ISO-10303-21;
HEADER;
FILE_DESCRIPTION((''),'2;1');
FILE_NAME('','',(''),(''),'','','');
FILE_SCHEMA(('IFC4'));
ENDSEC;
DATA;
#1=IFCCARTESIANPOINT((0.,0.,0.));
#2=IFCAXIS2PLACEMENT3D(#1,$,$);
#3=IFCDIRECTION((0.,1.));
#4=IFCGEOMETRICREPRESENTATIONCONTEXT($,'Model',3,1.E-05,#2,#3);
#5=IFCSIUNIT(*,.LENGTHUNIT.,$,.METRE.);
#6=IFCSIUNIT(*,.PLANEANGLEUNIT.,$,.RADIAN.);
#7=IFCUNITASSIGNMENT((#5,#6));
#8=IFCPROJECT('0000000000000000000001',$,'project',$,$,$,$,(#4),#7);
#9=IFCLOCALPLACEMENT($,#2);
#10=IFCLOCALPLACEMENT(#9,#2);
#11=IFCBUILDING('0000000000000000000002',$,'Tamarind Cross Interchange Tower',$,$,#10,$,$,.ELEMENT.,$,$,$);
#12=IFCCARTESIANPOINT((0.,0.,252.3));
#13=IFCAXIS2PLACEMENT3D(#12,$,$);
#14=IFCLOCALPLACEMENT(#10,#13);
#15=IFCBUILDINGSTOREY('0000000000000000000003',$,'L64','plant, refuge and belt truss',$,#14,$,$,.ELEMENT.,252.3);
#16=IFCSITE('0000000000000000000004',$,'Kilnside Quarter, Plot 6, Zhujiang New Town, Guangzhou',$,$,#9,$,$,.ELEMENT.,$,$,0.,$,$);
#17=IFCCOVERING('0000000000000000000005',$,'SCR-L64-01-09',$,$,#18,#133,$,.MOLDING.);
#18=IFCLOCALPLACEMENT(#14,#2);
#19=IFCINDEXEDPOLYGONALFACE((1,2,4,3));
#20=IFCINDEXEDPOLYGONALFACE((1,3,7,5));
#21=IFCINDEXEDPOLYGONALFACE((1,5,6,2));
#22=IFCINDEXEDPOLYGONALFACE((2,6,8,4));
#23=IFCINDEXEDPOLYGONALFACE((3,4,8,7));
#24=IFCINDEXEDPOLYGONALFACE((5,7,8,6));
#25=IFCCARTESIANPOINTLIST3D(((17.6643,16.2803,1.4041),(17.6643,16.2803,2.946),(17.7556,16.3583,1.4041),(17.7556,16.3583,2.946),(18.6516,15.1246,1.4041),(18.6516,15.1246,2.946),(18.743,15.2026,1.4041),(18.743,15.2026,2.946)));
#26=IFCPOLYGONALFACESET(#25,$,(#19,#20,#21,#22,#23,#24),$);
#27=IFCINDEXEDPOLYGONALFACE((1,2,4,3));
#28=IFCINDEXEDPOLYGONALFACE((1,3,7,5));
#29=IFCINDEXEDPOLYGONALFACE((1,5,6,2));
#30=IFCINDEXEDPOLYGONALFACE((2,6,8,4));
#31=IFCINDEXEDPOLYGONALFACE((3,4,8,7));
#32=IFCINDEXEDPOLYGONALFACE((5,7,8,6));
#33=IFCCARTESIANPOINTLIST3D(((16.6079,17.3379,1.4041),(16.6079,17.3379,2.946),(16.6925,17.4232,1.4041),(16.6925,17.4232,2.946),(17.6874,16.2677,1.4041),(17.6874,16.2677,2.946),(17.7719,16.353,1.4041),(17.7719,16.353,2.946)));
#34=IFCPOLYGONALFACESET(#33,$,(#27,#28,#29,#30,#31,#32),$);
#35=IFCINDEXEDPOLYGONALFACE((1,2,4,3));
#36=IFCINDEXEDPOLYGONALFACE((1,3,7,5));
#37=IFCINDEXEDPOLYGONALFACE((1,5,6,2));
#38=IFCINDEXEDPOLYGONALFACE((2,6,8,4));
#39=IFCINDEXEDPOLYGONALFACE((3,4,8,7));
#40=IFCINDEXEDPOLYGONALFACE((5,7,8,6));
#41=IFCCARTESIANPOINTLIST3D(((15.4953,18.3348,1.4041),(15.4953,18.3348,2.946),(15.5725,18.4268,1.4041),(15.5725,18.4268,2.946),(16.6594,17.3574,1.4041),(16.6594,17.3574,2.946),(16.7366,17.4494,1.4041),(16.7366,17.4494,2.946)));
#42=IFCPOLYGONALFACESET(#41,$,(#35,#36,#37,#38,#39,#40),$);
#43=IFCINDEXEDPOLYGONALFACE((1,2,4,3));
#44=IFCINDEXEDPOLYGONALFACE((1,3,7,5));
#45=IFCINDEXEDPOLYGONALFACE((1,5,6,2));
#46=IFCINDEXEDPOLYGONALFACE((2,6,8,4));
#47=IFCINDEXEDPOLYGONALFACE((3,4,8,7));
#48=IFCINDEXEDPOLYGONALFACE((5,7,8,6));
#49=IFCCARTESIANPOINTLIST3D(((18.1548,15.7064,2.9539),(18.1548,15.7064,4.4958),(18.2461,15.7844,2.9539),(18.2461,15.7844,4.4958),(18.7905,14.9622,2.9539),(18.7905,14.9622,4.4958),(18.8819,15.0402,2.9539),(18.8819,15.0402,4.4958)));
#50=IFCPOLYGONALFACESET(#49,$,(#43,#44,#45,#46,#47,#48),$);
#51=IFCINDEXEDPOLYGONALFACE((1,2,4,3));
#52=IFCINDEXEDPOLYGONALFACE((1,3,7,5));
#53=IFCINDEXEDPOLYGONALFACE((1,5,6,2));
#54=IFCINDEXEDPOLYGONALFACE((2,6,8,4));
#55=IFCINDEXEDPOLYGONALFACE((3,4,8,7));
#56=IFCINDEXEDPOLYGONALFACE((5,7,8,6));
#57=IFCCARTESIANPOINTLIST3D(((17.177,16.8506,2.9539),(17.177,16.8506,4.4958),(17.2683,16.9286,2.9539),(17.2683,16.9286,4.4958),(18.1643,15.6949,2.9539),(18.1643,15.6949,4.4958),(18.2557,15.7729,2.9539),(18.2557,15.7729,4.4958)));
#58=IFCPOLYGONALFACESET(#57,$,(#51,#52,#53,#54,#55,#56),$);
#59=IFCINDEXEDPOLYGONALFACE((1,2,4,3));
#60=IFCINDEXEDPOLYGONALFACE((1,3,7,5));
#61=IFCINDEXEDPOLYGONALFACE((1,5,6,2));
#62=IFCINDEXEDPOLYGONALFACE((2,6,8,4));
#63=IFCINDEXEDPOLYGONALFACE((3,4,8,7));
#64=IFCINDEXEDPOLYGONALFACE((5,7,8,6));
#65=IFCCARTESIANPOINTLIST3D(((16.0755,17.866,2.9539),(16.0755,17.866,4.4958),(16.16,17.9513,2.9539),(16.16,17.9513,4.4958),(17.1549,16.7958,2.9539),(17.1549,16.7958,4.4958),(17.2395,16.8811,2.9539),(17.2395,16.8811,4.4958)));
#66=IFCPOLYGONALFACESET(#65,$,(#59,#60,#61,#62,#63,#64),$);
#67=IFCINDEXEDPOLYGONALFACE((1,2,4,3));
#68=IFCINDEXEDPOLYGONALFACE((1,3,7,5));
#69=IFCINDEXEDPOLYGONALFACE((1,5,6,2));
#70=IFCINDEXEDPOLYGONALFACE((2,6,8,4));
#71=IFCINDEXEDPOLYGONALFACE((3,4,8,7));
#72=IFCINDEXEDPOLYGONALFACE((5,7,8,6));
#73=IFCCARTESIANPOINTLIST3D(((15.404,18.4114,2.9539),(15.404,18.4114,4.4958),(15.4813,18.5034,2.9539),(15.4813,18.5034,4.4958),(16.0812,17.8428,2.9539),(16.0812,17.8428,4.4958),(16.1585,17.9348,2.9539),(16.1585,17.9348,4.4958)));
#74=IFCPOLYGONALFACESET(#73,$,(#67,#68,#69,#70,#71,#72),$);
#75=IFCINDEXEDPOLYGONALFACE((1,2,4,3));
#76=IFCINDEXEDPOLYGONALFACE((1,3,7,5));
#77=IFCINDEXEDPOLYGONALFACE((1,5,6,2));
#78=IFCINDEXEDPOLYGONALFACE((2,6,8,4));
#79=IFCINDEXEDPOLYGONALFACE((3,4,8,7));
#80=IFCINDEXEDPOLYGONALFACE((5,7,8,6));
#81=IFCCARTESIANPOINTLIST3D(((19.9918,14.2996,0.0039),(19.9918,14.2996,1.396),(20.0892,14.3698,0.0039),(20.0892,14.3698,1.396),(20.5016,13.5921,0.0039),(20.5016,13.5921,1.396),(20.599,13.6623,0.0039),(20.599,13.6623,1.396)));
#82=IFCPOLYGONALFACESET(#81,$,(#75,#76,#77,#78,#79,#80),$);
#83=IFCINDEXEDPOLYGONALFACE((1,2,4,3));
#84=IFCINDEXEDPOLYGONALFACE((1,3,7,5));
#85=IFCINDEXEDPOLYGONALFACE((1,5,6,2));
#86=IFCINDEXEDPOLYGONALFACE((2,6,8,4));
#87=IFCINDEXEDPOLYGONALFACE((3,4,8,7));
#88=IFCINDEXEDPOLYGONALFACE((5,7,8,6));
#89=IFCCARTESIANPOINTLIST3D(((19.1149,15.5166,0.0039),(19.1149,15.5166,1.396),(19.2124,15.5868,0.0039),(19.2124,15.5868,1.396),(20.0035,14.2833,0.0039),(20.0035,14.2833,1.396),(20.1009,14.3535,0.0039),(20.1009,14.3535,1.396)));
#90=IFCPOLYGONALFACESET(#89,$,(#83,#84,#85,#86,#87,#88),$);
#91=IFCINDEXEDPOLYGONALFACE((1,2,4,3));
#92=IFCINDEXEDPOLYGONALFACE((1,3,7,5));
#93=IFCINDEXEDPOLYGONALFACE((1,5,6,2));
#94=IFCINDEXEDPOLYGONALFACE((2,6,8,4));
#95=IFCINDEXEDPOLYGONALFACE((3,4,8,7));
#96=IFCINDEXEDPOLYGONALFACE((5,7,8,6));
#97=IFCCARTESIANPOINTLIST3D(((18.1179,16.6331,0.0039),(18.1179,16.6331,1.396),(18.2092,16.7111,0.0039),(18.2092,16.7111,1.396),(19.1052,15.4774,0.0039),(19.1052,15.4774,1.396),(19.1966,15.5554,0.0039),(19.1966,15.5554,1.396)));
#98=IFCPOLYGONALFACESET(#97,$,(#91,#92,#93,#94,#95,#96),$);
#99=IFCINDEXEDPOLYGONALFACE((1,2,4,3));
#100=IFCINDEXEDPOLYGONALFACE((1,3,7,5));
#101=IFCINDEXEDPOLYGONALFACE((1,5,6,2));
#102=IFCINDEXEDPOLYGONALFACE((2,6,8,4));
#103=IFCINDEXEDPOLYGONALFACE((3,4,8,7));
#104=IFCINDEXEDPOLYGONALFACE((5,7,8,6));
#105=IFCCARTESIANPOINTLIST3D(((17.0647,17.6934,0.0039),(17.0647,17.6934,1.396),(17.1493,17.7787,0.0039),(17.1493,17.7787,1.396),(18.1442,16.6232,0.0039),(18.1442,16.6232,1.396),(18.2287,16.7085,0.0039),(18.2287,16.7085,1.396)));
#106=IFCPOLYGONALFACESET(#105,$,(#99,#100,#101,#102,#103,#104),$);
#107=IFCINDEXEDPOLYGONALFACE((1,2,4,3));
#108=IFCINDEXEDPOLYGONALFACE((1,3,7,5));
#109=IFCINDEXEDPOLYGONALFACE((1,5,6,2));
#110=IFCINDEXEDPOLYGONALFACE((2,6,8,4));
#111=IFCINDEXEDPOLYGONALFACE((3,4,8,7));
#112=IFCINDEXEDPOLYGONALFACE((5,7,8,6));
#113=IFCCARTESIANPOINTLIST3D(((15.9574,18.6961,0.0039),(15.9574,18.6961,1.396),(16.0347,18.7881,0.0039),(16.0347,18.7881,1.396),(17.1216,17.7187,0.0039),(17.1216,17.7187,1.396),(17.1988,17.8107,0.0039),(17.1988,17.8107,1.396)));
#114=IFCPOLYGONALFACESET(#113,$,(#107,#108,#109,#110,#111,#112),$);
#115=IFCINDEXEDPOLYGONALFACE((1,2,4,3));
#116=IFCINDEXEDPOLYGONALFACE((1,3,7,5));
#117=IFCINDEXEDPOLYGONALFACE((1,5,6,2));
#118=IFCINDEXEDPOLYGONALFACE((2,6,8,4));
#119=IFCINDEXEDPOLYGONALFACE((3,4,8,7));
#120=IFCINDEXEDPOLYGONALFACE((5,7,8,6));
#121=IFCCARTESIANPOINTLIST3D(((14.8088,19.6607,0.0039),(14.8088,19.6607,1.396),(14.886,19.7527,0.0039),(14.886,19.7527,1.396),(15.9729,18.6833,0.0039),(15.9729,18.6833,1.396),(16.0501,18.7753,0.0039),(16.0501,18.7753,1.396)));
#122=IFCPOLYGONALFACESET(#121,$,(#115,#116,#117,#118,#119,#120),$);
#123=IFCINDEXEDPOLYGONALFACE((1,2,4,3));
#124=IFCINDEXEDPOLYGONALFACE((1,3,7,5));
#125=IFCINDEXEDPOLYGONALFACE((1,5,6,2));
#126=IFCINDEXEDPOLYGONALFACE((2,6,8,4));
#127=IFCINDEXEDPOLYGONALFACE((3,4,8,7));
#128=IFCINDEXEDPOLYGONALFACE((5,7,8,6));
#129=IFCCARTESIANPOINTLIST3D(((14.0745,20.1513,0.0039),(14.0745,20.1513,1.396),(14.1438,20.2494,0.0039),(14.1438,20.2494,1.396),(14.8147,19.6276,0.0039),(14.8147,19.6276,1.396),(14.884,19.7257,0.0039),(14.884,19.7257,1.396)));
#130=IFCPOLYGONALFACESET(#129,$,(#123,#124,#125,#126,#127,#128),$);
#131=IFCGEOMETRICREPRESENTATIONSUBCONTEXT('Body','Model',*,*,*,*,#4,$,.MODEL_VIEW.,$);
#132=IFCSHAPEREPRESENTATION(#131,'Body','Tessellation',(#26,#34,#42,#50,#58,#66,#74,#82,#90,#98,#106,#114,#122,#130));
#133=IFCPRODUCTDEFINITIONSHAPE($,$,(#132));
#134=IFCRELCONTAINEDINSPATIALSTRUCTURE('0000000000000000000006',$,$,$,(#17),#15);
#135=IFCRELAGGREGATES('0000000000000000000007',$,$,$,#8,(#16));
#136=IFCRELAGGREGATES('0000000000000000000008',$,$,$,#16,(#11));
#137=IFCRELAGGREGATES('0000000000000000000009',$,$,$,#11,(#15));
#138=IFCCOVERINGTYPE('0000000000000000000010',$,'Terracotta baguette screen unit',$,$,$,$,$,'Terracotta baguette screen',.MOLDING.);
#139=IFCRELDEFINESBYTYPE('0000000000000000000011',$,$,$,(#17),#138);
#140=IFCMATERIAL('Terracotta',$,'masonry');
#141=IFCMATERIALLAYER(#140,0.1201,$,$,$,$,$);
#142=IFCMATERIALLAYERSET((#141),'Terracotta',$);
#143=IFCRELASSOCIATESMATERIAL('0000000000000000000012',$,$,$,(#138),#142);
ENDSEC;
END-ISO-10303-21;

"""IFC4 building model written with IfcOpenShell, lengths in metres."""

from ifc_helpers import new_model, si_unit, direction, frame, origin, origin_2d, place, context, subcontext, project, spatial, rectangle, extrude, material, layer, layer_set, type_object, element, save


model = new_model("IFC4")

# Units and contexts
model_context = context("Model", 3, precision=1e-05, world=origin(), true_north=direction((0.0, 1.0)))
body_context = subcontext(model_context, "Body", "Model", "MODEL_VIEW")
ifc_project = project(units=[si_unit("LENGTHUNIT", "METRE"), si_unit("PLANEANGLEUNIT", "RADIAN")], contexts=[model_context])

# Site, building, storey
site_placement = place(None, origin())
site = spatial("IfcSite", under=ifc_project, at=site_placement, Name="Kilnside Quarter, Plot 6, Zhujiang New Town, Guangzhou", CompositionType="ELEMENT", RefElevation=0.0)
building_placement = place(site_placement, origin())
building = spatial("IfcBuilding", under=site, at=building_placement, Name="Tamarind Cross Interchange Tower", CompositionType="ELEMENT")
storey_placement = place(building_placement, frame((0.0, 0.0, 252.3)))
storey = spatial("IfcBuildingStorey", under=building, at=storey_placement, Name="L64", Description="plant, refuge and belt truss", CompositionType="ELEMENT", Elevation=252.3)

# Covering
ifc_material_1 = material(Name="Terracotta", Category="masonry")
ifc_layer_1 = layer(ifc_material_1, 0.1201)
ifc_layer_set_1 = layer_set([ifc_layer_1], Name="Terracotta")
covering_type = type_object("IfcCoveringType", Name="Terracotta baguette screen unit", ElementType="Terracotta baguette screen", PredefinedType="MOLDING", material=ifc_layer_set_1)
covering_1_placement = place(storey_placement, origin())
element("IfcCovering", 1, at=covering_1_placement, inside=storey, type_object=covering_type, Name="SCR-L64-01-09", PredefinedType="MOLDING", context=body_context, shape_type="SweptSolid", body=[
    extrude(rectangle(XDim=1.52, YDim=0.1201, at=origin_2d()), frame((18.2036, 15.7415, 1.4041), z_axis=(0.0, 0.0, 1.0), x_axis=(-0.649577, 0.760296, 0.0)), (0.0, 0.0, 1.0), 1.542),
    extrude(rectangle(XDim=1.52, YDim=0.1201, at=origin_2d()), frame((17.1899, 16.8455, 1.4041), z_axis=(0.0, 0.0, 1.0), x_axis=(-0.710143, 0.704057, 0.0)), (0.0, 0.0, 1.0), 1.542),
    extrude(rectangle(XDim=1.52, YDim=0.1201, at=origin_2d()), frame((16.116, 17.8921, 1.4041), z_axis=(0.0, 0.0, 1.0), x_axis=(-0.765858, 0.643009, 0.0)), (0.0, 0.0, 1.0), 1.542),
    extrude(rectangle(XDim=0.9788, YDim=0.1201, at=origin_2d()), frame((18.5183, 15.3733, 2.9539), z_axis=(0.0, 0.0, 1.0), x_axis=(-0.649577, 0.760296, 0.0)), (0.0, 0.0, 1.0), 1.542),
    extrude(rectangle(XDim=1.52, YDim=0.1201, at=origin_2d()), frame((17.7163, 16.3118, 2.9539), z_axis=(0.0, 0.0, 1.0), x_axis=(-0.649577, 0.760296, 0.0)), (0.0, 0.0, 1.0), 1.542),
    extrude(rectangle(XDim=1.52, YDim=0.1201, at=origin_2d()), frame((16.6575, 17.3735, 2.9539), z_axis=(0.0, 0.0, 1.0), x_axis=(-0.710143, 0.704057, 0.0)), (0.0, 0.0, 1.0), 1.542),
    extrude(rectangle(XDim=0.8843, YDim=0.1201, at=origin_2d()), frame((15.7812, 18.1731, 2.9539), z_axis=(0.0, 0.0, 1.0), x_axis=(-0.765858, 0.643009, 0.0)), (0.0, 0.0, 1.0), 1.542),
    extrude(rectangle(XDim=0.8721, YDim=0.1201, at=origin_2d()), frame((20.2954, 13.981, 0.0039), z_axis=(0.0, 0.0, 1.0), x_axis=(-0.584574, 0.81134, 0.0)), (0.0, 0.0, 1.0), 1.3921),
    extrude(rectangle(XDim=1.52, YDim=0.1201, at=origin_2d()), frame((19.6079, 14.9351, 0.0039), z_axis=(0.0, 0.0, 1.0), x_axis=(-0.584574, 0.81134, 0.0)), (0.0, 0.0, 1.0), 1.3921),
    extrude(rectangle(XDim=1.52, YDim=0.1201, at=origin_2d()), frame((18.6572, 16.0942, 0.0039), z_axis=(0.0, 0.0, 1.0), x_axis=(-0.649577, 0.760296, 0.0)), (0.0, 0.0, 1.0), 1.3921),
    extrude(rectangle(XDim=1.52, YDim=0.1201, at=origin_2d()), frame((17.6467, 17.2009, 0.0039), z_axis=(0.0, 0.0, 1.0), x_axis=(-0.710143, 0.704057, 0.0)), (0.0, 0.0, 1.0), 1.3921),
    extrude(rectangle(XDim=1.52, YDim=0.1201, at=origin_2d()), frame((16.5781, 18.2534, 0.0039), z_axis=(0.0, 0.0, 1.0), x_axis=(-0.765858, 0.643009, 0.0)), (0.0, 0.0, 1.0), 1.3921),
    extrude(rectangle(XDim=1.52, YDim=0.1201, at=origin_2d()), frame((15.4294, 19.218, 0.0039), z_axis=(0.0, 0.0, 1.0), x_axis=(-0.765858, 0.643009, 0.0)), (0.0, 0.0, 1.0), 1.3921),
    extrude(rectangle(XDim=0.9067, YDim=0.1201, at=origin_2d()), frame((14.4792, 19.9385, 0.0039), z_axis=(0.0, 0.0, 1.0), x_axis=(-0.816342, 0.577569, 0.0)), (0.0, 0.0, 1.0), 1.3921),
])

save(model, "model.ifc")
